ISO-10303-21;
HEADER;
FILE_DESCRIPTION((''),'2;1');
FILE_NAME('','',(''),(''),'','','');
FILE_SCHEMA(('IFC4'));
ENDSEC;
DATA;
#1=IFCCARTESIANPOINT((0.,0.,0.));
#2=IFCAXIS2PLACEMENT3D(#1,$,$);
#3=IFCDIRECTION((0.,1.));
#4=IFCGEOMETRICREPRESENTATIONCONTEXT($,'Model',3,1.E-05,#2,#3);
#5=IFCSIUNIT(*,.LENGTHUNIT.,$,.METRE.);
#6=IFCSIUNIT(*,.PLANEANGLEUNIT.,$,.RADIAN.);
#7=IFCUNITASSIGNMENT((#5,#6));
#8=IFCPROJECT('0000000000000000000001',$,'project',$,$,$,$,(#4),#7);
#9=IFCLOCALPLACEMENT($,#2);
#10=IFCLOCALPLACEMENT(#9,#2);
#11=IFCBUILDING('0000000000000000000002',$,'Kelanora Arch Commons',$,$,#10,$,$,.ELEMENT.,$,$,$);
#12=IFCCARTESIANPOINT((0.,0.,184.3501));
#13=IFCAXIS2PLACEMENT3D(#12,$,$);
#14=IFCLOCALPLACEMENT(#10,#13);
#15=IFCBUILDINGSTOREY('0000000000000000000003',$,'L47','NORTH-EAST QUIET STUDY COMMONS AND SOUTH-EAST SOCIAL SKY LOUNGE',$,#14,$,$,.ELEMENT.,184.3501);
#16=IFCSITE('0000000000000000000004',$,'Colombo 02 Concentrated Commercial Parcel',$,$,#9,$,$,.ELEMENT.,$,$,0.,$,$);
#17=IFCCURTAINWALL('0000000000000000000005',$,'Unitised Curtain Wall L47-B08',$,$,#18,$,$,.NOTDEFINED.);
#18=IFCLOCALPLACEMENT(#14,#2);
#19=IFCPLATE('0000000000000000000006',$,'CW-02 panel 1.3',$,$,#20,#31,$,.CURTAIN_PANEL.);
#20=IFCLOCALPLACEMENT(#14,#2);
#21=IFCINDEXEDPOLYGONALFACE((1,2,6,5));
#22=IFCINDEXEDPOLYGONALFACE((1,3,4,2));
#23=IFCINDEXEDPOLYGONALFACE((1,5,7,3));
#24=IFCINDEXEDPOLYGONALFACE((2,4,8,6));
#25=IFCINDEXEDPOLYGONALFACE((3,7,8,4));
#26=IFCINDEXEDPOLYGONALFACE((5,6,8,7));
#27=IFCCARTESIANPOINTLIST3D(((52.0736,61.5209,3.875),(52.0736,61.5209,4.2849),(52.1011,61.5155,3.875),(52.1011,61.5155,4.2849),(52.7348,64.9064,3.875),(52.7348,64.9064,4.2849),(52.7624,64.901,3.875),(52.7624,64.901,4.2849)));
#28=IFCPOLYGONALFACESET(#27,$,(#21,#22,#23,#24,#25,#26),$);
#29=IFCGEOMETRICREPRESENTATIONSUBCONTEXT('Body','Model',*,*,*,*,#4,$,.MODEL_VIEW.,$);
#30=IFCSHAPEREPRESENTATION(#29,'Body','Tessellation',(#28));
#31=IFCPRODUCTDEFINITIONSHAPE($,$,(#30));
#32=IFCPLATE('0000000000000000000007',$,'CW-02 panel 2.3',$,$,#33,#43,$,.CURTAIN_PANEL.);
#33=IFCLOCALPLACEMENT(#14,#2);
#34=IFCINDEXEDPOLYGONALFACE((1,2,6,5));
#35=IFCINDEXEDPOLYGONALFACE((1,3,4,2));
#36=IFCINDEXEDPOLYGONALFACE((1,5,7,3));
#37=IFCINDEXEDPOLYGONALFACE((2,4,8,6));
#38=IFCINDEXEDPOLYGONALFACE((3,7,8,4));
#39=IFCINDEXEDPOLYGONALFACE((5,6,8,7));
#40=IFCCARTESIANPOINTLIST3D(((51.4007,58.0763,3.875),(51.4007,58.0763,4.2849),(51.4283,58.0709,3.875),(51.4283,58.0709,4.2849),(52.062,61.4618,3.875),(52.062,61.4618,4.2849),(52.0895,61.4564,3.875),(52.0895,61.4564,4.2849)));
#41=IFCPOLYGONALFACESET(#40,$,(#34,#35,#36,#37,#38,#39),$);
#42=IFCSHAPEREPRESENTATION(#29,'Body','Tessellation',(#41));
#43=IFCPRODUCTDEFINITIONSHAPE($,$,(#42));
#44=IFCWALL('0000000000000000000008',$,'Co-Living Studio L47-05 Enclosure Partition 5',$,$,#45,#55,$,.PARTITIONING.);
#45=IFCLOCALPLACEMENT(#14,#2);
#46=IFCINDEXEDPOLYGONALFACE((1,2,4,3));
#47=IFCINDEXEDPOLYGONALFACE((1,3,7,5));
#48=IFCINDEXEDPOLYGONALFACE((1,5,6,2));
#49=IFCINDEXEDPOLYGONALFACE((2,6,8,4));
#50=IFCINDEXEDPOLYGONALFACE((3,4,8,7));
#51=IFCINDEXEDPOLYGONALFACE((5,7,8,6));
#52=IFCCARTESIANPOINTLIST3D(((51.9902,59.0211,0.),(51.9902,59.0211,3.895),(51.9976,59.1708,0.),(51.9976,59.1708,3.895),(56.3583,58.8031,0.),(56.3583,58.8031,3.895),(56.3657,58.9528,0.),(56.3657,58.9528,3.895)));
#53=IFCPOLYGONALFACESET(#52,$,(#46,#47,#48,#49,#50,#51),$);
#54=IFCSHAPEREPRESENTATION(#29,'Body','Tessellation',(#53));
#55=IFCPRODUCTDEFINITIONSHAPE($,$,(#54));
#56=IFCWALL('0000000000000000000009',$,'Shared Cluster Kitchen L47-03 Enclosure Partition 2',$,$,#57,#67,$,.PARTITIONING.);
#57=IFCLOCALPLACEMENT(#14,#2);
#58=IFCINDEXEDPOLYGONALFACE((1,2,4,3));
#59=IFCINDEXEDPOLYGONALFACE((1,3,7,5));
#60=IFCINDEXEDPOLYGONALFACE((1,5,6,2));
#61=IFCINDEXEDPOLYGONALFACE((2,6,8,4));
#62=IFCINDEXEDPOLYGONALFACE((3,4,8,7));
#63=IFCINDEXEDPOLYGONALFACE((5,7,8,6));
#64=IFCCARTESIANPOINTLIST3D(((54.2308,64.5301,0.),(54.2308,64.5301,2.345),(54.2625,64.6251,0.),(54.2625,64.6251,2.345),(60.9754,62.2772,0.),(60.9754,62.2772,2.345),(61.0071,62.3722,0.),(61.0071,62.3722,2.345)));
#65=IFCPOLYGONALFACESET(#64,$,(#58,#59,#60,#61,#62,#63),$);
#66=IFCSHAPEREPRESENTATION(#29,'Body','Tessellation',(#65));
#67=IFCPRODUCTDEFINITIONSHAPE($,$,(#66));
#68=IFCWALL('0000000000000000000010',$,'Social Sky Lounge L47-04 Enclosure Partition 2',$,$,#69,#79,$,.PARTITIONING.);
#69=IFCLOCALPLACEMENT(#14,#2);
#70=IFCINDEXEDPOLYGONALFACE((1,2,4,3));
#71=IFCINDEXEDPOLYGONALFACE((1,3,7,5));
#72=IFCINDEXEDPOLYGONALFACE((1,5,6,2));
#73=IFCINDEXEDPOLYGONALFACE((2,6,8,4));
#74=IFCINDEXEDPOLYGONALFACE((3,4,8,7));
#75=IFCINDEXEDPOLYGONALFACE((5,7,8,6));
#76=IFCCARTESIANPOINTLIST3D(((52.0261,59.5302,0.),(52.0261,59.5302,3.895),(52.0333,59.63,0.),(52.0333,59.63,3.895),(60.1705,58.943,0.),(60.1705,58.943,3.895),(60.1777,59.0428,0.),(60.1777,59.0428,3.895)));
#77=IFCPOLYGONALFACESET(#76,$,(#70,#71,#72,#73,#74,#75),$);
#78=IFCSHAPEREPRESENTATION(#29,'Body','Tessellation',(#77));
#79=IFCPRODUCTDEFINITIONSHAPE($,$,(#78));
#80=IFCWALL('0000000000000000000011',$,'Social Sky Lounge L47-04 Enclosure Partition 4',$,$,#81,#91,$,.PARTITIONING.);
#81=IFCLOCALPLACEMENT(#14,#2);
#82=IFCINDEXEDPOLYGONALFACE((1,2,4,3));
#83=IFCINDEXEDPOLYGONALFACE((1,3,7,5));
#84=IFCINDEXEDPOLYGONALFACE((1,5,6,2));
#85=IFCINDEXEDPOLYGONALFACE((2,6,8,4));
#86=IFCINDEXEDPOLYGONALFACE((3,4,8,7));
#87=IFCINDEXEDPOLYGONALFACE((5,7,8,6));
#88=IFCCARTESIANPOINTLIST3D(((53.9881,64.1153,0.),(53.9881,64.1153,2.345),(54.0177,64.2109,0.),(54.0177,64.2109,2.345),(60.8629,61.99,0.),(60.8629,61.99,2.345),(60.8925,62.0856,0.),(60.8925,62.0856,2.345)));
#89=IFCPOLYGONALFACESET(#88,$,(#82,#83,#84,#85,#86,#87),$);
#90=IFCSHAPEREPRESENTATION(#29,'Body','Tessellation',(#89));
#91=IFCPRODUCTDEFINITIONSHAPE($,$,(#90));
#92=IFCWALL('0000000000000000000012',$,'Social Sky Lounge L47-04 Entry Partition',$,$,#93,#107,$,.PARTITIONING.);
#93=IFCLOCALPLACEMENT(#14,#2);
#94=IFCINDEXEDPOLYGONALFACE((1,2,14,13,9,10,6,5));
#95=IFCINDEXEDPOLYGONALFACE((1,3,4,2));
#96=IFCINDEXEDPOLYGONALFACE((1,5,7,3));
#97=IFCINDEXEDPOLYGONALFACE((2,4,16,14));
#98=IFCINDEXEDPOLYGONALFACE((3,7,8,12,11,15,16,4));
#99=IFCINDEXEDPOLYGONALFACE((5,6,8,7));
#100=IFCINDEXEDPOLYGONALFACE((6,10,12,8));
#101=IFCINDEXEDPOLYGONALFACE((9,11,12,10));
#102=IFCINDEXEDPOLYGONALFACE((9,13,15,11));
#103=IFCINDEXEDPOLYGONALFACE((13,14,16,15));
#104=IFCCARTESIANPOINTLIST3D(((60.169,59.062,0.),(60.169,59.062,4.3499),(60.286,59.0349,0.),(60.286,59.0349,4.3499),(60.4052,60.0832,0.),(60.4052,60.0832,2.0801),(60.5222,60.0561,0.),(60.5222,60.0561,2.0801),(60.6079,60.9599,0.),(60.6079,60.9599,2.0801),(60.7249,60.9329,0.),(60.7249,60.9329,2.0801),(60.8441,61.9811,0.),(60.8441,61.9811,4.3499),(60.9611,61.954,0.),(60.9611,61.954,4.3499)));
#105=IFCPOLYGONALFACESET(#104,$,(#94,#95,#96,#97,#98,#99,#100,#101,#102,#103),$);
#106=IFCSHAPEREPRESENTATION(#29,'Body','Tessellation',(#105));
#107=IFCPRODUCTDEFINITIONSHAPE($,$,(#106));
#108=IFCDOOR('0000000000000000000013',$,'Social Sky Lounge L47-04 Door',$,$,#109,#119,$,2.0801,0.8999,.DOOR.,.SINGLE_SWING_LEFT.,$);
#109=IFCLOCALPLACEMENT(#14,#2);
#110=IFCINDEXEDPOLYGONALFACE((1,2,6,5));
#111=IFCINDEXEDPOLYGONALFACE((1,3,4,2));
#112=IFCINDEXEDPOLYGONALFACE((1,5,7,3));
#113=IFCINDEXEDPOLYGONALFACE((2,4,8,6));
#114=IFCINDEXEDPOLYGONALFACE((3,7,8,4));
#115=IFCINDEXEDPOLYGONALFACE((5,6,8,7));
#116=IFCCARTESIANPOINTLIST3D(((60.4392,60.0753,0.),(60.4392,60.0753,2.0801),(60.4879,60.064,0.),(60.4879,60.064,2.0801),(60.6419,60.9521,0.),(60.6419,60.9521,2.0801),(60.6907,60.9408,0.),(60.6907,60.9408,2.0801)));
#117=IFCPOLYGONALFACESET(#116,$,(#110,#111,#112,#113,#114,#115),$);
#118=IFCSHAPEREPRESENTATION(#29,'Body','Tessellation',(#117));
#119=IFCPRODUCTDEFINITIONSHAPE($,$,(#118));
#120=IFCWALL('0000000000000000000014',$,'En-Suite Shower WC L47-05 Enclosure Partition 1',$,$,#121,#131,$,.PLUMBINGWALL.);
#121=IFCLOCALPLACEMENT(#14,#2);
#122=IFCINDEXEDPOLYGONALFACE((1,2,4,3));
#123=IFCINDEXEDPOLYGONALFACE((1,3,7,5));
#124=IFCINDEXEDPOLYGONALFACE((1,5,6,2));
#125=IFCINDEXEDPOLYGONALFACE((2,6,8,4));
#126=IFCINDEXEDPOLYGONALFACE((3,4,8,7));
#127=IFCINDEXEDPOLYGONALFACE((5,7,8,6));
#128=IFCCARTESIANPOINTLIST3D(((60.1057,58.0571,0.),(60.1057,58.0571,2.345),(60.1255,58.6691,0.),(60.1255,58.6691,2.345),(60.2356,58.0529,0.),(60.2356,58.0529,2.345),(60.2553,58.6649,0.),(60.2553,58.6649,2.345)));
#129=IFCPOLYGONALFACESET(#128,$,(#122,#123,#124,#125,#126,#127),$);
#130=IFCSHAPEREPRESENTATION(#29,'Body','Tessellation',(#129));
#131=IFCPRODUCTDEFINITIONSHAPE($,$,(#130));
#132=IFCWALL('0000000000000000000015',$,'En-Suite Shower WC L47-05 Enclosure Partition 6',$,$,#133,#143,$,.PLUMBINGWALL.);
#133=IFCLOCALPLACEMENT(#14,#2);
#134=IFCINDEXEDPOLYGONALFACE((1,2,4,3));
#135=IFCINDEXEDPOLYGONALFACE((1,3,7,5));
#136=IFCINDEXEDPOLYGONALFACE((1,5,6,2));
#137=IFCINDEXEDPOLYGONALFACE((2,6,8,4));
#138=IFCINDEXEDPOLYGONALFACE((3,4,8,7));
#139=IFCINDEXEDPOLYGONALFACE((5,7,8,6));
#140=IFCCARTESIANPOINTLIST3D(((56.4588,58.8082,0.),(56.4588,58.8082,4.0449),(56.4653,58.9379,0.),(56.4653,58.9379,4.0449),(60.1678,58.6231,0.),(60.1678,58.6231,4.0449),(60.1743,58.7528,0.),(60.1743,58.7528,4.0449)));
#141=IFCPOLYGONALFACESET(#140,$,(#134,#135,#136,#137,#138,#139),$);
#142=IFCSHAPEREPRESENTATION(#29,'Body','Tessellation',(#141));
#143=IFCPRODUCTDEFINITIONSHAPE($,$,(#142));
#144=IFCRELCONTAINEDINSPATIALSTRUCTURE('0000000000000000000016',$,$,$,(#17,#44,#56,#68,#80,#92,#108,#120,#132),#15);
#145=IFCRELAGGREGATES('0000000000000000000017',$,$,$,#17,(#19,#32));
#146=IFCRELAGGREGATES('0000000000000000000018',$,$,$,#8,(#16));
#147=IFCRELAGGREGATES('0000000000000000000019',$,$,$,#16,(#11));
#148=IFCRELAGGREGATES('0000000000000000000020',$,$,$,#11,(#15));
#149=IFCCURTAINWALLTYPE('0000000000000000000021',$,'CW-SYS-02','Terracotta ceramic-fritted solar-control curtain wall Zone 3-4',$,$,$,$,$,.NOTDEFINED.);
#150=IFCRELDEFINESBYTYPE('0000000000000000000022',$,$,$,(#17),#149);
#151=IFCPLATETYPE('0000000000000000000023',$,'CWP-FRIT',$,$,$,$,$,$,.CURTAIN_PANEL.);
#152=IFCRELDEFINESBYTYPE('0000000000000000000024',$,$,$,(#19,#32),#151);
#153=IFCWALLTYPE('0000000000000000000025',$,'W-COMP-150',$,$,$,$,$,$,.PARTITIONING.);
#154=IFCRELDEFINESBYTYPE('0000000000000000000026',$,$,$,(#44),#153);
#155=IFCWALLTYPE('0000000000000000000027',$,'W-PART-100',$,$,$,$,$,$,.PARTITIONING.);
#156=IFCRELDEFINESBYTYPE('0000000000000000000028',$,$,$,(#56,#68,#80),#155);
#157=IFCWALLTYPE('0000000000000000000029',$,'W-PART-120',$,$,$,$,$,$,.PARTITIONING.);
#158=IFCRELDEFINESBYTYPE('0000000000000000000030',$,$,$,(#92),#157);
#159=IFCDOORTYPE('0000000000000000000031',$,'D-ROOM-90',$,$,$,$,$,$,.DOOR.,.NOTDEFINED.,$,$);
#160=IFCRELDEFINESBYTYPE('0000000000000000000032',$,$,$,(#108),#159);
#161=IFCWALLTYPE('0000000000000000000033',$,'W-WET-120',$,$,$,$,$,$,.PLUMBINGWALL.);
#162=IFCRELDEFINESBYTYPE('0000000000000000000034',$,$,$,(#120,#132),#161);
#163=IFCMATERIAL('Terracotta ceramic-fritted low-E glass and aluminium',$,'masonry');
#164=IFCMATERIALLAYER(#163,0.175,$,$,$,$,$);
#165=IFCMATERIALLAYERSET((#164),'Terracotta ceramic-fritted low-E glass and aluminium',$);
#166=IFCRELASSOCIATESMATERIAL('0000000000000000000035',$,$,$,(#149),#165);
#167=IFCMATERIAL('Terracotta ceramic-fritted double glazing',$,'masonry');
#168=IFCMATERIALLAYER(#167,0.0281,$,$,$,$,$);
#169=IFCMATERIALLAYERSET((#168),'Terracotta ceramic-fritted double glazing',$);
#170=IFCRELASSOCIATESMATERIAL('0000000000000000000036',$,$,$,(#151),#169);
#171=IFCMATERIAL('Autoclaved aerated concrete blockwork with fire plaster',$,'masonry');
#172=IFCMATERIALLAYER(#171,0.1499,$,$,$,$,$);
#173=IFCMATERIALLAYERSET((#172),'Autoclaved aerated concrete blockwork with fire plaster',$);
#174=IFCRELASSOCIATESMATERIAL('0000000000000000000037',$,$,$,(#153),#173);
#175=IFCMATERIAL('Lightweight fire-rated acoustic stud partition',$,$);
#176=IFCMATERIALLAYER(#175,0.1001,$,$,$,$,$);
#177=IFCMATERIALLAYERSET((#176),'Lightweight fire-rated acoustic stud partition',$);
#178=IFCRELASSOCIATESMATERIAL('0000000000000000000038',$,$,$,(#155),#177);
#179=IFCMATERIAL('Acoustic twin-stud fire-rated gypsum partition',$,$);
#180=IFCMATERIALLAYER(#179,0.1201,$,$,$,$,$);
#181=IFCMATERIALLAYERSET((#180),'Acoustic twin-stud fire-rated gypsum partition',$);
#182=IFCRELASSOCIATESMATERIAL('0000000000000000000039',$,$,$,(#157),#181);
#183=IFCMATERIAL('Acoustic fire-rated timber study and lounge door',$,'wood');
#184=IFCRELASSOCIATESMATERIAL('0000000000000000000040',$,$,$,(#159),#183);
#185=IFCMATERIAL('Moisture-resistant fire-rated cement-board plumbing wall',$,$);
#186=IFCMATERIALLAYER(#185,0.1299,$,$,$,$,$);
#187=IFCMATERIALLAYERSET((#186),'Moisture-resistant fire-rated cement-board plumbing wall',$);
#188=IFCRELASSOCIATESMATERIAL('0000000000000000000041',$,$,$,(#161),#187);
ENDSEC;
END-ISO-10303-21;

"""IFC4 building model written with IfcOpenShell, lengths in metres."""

from ifc_helpers import new_model, si_unit, direction, frame, frame_2d, origin, origin_2d, place, context, subcontext, project, spatial, rectangle, extrude, source, transform, mapped, material, layer, layer_set, type_object, element, fill, aggregate, save


model = new_model("IFC4")

# Units and contexts
model_context = context("Model", 3, precision=1e-05, world=origin(), true_north=direction((0.0, 1.0)))
body_context = subcontext(model_context, "Body", "Model", "MODEL_VIEW")
ifc_project = project(units=[si_unit("LENGTHUNIT", "METRE"), si_unit("PLANEANGLEUNIT", "RADIAN")], contexts=[model_context])

# Site, building, storey
site_placement = place(None, origin())
site = spatial("IfcSite", under=ifc_project, at=site_placement, Name="Colombo 02 Concentrated Commercial Parcel", CompositionType="ELEMENT", RefElevation=0.0)
building_placement = place(site_placement, origin())
building = spatial("IfcBuilding", under=site, at=building_placement, Name="Kelanora Arch Commons", CompositionType="ELEMENT")
storey_placement = place(building_placement, frame((0.0, 0.0, 184.3501)))
storey = spatial("IfcBuildingStorey", under=building, at=storey_placement, Name="L47", Description="NORTH-EAST QUIET STUDY COMMONS AND SOUTH-EAST SOCIAL SKY LOUNGE", CompositionType="ELEMENT", Elevation=184.3501)

# Curtain wall, plates
ifc_material_1 = material(Name="Terracotta ceramic-fritted low-E glass and aluminium", Category="masonry")
ifc_layer_1 = layer(ifc_material_1, 0.175)
ifc_layer_set_1 = layer_set([ifc_layer_1], Name="Terracotta ceramic-fritted low-E glass and aluminium")
curtain_wall_type = type_object("IfcCurtainWallType", Name="CW-SYS-02", Description="Terracotta ceramic-fritted solar-control curtain wall Zone 3-4", PredefinedType="NOTDEFINED", material=ifc_layer_set_1)
curtain_wall_placement = place(storey_placement, origin())
curtain_wall = element("IfcCurtainWall", 1, at=curtain_wall_placement, inside=storey, type_object=curtain_wall_type, Name="Unitised Curtain Wall L47-B08", PredefinedType="NOTDEFINED")
ifc_material_2 = material(Name="Terracotta ceramic-fritted double glazing", Category="masonry")
ifc_layer_2 = layer(ifc_material_2, 0.0281)
ifc_layer_set_2 = layer_set([ifc_layer_2], Name="Terracotta ceramic-fritted double glazing")
plate_type = type_object("IfcPlateType", Name="CWP-FRIT", PredefinedType="CURTAIN_PANEL", material=ifc_layer_set_2)
shared_shape_1 = source(origin(), body_context, "Body", "SweptSolid", [
    extrude(rectangle(XDim=3.4495, YDim=0.0281, at=origin_2d()), origin(), (0.0, 0.0, 1.0), 0.4099),
])
plate_1_placement = place(storey_placement, frame((52.418, 63.2109, 3.875), z_axis=(0.0, 0.0, 1.0), x_axis=(-0.191705, -0.981453, 0.0)))
plate_1 = element("IfcPlate", 2, at=plate_1_placement, type_object=plate_type, Name="CW-02 panel 1.3", PredefinedType="CURTAIN_PANEL", context=body_context, shape_type="MappedRepresentation", body=[
    mapped(shared_shape_1, transform((0.0, 0.0, 0.0), scale=1.0)),
])
plate_2_placement = place(storey_placement, frame((51.7451, 59.7664, 3.875), z_axis=(0.0, 0.0, 1.0), x_axis=(-0.191705, -0.981453, 0.0)))
plate_2 = element("IfcPlate", 3, at=plate_2_placement, type_object=plate_type, Name="CW-02 panel 2.3", PredefinedType="CURTAIN_PANEL", context=body_context, shape_type="MappedRepresentation", body=[
    mapped(shared_shape_1, transform((0.0, 0.0, 0.0), scale=1.0)),
])
aggregate(curtain_wall, [plate_1, plate_2])

# Walls
ifc_material_3 = material(Name="Autoclaved aerated concrete blockwork with fire plaster", Category="masonry")
ifc_layer_3 = layer(ifc_material_3, 0.1499)
ifc_layer_set_3 = layer_set([ifc_layer_3], Name="Autoclaved aerated concrete blockwork with fire plaster")
wall_type_1 = type_object("IfcWallType", Name="W-COMP-150", PredefinedType="PARTITIONING", material=ifc_layer_set_3)
wall_1_placement = place(storey_placement, frame((51.9939, 59.0959, 0.0), z_axis=(0.0, 0.0, 1.0), x_axis=(0.998757, -0.049849, 0.0)))
element("IfcWall", 4, at=wall_1_placement, inside=storey, type_object=wall_type_1, Name="Co-Living Studio L47-05 Enclosure Partition 5", PredefinedType="PARTITIONING", context=body_context, shape_type="SweptSolid", body=[
    extrude(rectangle(XDim=4.3735, YDim=0.1499, at=frame_2d((2.1868, 0.0))), origin(), (0.0, 0.0, 1.0), 3.895),
])
ifc_material_4 = material(Name="Lightweight fire-rated acoustic stud partition")
ifc_layer_4 = layer(ifc_material_4, 0.1001)
ifc_layer_set_4 = layer_set([ifc_layer_4], Name="Lightweight fire-rated acoustic stud partition")
wall_type_2 = type_object("IfcWallType", Name="W-PART-100", PredefinedType="PARTITIONING", material=ifc_layer_set_4)
wall_2_placement = place(storey_placement, frame((60.9912, 62.3247, 0.0), z_axis=(0.0, 0.0, 1.0), x_axis=(-0.948484, 0.316825, 0.0)))
element("IfcWall", 5, at=wall_2_placement, inside=storey, type_object=wall_type_2, Name="Shared Cluster Kitchen L47-03 Enclosure Partition 2", PredefinedType="PARTITIONING", context=body_context, shape_type="SweptSolid", body=[
    extrude(rectangle(XDim=7.1108, YDim=0.1001, at=frame_2d((3.5554, 0.0))), origin(), (0.0, 0.0, 1.0), 2.345),
])
wall_3_placement = place(storey_placement, frame((60.1741, 58.9929, 0.0), z_axis=(0.0, 0.0, 1.0), x_axis=(-0.997411, 0.071908, 0.0)))
element("IfcWall", 6, at=wall_3_placement, inside=storey, type_object=wall_type_2, Name="Social Sky Lounge L47-04 Enclosure Partition 2", PredefinedType="PARTITIONING", context=body_context, shape_type="SweptSolid", body=[
    extrude(rectangle(XDim=8.1655, YDim=0.1001, at=frame_2d((4.0828, 0.0))), origin(), (0.0, 0.0, 1.0), 3.895),
])
wall_4_placement = place(storey_placement, frame((54.0029, 64.1631, 0.0), z_axis=(0.0, 0.0, 1.0), x_axis=(0.95539, -0.295347, 0.0)))
element("IfcWall", 7, at=wall_4_placement, inside=storey, type_object=wall_type_2, Name="Social Sky Lounge L47-04 Enclosure Partition 4", PredefinedType="PARTITIONING", context=body_context, shape_type="SweptSolid", body=[
    extrude(rectangle(XDim=7.1958, YDim=0.1001, at=frame_2d((3.5979, 0.0))), origin(), (0.0, 0.0, 1.0), 2.345),
])

# Wall, opening, door
ifc_material_5 = material(Name="Acoustic twin-stud fire-rated gypsum partition")
ifc_layer_5 = layer(ifc_material_5, 0.1201)
ifc_layer_set_5 = layer_set([ifc_layer_5], Name="Acoustic twin-stud fire-rated gypsum partition")
wall_type_3 = type_object("IfcWallType", Name="W-PART-120", PredefinedType="PARTITIONING", material=ifc_layer_set_5)
wall_5_placement = place(storey_placement, frame((60.9026, 61.9675, 0.0), z_axis=(0.0, 0.0, 1.0), x_axis=(-0.225318, -0.974285, 0.0)))
wall_5 = element("IfcWall", 8, at=wall_5_placement, inside=storey, type_object=wall_type_3, Name="Social Sky Lounge L47-04 Entry Partition", PredefinedType="PARTITIONING", context=body_context, shape_type="SweptSolid", body=[
    extrude(rectangle(XDim=2.9961, YDim=0.1201, at=frame_2d((1.498, 0.0))), origin(), (0.0, 0.0, 1.0), 4.3499),
])
opening_placement = place(wall_5_placement, frame((1.0481, 0.0, 0.0)))
opening = element("IfcOpeningElement", 9, at=opening_placement, cuts=wall_5, PredefinedType="OPENING", context=body_context, shape_type="SweptSolid", body=[
    extrude(rectangle(XDim=0.8999, YDim=2.0801, at=frame_2d((0.45, 1.04))), frame((0.0, 0.0701, 0.0), z_axis=(0.0, -1.0, 0.0), x_axis=(1.0, 0.0, 0.0)), (0.0, 0.0, 1.0), 0.1401),
])
ifc_material_6 = material(Name="Acoustic fire-rated timber study and lounge door", Category="wood")
door_type = type_object("IfcDoorType", Name="D-ROOM-90", OperationType="NOTDEFINED", PredefinedType="DOOR", material=ifc_material_6)
door_placement = place(opening_placement, origin())
door = element("IfcDoor", 10, at=door_placement, inside=storey, type_object=door_type, Name="Social Sky Lounge L47-04 Door", OperationType="SINGLE_SWING_LEFT", OverallHeight=2.0801, OverallWidth=0.8999, PredefinedType="DOOR", context=body_context, shape_type="SweptSolid", body=[
    extrude(rectangle(XDim=0.8999, YDim=2.0801, at=frame_2d((0.45, 1.04))), frame((0.0, 0.0249, 0.0), z_axis=(0.0, -1.0, 0.0), x_axis=(1.0, 0.0, 0.0)), (0.0, 0.0, 1.0), 0.05),
])
fill(opening, door)

# Walls
ifc_material_7 = material(Name="Moisture-resistant fire-rated cement-board plumbing wall")
ifc_layer_6 = layer(ifc_material_7, 0.1299)
ifc_layer_set_6 = layer_set([ifc_layer_6], Name="Moisture-resistant fire-rated cement-board plumbing wall")
wall_type_4 = type_object("IfcWallType", Name="W-WET-120", PredefinedType="PLUMBINGWALL", material=ifc_layer_set_6)
wall_6_placement = place(storey_placement, frame((60.1904, 58.667, 0.0), z_axis=(0.0, 0.0, 1.0), x_axis=(-0.032293, -0.999478, 0.0)))
element("IfcWall", 11, at=wall_6_placement, inside=storey, type_object=wall_type_4, Name="En-Suite Shower WC L47-05 Enclosure Partition 1", PredefinedType="PLUMBINGWALL", context=body_context, shape_type="SweptSolid", body=[
    extrude(rectangle(XDim=0.6123, YDim=0.1299, at=frame_2d((0.3062, 0.0))), origin(), (0.0, 0.0, 1.0), 2.345),
])
wall_7_placement = place(storey_placement, frame((56.4619, 58.873, 0.0), z_axis=(0.0, 0.0, 1.0), x_axis=(0.998758, -0.049833, 0.0)))
element("IfcWall", 12, at=wall_7_placement, inside=storey, type_object=wall_type_4, Name="En-Suite Shower WC L47-05 Enclosure Partition 6", PredefinedType="PLUMBINGWALL", context=body_context, shape_type="SweptSolid", body=[
    extrude(rectangle(XDim=3.7136, YDim=0.1299, at=frame_2d((1.8569, 0.0))), origin(), (0.0, 0.0, 1.0), 4.0449),
])

save(model, "model.ifc")
